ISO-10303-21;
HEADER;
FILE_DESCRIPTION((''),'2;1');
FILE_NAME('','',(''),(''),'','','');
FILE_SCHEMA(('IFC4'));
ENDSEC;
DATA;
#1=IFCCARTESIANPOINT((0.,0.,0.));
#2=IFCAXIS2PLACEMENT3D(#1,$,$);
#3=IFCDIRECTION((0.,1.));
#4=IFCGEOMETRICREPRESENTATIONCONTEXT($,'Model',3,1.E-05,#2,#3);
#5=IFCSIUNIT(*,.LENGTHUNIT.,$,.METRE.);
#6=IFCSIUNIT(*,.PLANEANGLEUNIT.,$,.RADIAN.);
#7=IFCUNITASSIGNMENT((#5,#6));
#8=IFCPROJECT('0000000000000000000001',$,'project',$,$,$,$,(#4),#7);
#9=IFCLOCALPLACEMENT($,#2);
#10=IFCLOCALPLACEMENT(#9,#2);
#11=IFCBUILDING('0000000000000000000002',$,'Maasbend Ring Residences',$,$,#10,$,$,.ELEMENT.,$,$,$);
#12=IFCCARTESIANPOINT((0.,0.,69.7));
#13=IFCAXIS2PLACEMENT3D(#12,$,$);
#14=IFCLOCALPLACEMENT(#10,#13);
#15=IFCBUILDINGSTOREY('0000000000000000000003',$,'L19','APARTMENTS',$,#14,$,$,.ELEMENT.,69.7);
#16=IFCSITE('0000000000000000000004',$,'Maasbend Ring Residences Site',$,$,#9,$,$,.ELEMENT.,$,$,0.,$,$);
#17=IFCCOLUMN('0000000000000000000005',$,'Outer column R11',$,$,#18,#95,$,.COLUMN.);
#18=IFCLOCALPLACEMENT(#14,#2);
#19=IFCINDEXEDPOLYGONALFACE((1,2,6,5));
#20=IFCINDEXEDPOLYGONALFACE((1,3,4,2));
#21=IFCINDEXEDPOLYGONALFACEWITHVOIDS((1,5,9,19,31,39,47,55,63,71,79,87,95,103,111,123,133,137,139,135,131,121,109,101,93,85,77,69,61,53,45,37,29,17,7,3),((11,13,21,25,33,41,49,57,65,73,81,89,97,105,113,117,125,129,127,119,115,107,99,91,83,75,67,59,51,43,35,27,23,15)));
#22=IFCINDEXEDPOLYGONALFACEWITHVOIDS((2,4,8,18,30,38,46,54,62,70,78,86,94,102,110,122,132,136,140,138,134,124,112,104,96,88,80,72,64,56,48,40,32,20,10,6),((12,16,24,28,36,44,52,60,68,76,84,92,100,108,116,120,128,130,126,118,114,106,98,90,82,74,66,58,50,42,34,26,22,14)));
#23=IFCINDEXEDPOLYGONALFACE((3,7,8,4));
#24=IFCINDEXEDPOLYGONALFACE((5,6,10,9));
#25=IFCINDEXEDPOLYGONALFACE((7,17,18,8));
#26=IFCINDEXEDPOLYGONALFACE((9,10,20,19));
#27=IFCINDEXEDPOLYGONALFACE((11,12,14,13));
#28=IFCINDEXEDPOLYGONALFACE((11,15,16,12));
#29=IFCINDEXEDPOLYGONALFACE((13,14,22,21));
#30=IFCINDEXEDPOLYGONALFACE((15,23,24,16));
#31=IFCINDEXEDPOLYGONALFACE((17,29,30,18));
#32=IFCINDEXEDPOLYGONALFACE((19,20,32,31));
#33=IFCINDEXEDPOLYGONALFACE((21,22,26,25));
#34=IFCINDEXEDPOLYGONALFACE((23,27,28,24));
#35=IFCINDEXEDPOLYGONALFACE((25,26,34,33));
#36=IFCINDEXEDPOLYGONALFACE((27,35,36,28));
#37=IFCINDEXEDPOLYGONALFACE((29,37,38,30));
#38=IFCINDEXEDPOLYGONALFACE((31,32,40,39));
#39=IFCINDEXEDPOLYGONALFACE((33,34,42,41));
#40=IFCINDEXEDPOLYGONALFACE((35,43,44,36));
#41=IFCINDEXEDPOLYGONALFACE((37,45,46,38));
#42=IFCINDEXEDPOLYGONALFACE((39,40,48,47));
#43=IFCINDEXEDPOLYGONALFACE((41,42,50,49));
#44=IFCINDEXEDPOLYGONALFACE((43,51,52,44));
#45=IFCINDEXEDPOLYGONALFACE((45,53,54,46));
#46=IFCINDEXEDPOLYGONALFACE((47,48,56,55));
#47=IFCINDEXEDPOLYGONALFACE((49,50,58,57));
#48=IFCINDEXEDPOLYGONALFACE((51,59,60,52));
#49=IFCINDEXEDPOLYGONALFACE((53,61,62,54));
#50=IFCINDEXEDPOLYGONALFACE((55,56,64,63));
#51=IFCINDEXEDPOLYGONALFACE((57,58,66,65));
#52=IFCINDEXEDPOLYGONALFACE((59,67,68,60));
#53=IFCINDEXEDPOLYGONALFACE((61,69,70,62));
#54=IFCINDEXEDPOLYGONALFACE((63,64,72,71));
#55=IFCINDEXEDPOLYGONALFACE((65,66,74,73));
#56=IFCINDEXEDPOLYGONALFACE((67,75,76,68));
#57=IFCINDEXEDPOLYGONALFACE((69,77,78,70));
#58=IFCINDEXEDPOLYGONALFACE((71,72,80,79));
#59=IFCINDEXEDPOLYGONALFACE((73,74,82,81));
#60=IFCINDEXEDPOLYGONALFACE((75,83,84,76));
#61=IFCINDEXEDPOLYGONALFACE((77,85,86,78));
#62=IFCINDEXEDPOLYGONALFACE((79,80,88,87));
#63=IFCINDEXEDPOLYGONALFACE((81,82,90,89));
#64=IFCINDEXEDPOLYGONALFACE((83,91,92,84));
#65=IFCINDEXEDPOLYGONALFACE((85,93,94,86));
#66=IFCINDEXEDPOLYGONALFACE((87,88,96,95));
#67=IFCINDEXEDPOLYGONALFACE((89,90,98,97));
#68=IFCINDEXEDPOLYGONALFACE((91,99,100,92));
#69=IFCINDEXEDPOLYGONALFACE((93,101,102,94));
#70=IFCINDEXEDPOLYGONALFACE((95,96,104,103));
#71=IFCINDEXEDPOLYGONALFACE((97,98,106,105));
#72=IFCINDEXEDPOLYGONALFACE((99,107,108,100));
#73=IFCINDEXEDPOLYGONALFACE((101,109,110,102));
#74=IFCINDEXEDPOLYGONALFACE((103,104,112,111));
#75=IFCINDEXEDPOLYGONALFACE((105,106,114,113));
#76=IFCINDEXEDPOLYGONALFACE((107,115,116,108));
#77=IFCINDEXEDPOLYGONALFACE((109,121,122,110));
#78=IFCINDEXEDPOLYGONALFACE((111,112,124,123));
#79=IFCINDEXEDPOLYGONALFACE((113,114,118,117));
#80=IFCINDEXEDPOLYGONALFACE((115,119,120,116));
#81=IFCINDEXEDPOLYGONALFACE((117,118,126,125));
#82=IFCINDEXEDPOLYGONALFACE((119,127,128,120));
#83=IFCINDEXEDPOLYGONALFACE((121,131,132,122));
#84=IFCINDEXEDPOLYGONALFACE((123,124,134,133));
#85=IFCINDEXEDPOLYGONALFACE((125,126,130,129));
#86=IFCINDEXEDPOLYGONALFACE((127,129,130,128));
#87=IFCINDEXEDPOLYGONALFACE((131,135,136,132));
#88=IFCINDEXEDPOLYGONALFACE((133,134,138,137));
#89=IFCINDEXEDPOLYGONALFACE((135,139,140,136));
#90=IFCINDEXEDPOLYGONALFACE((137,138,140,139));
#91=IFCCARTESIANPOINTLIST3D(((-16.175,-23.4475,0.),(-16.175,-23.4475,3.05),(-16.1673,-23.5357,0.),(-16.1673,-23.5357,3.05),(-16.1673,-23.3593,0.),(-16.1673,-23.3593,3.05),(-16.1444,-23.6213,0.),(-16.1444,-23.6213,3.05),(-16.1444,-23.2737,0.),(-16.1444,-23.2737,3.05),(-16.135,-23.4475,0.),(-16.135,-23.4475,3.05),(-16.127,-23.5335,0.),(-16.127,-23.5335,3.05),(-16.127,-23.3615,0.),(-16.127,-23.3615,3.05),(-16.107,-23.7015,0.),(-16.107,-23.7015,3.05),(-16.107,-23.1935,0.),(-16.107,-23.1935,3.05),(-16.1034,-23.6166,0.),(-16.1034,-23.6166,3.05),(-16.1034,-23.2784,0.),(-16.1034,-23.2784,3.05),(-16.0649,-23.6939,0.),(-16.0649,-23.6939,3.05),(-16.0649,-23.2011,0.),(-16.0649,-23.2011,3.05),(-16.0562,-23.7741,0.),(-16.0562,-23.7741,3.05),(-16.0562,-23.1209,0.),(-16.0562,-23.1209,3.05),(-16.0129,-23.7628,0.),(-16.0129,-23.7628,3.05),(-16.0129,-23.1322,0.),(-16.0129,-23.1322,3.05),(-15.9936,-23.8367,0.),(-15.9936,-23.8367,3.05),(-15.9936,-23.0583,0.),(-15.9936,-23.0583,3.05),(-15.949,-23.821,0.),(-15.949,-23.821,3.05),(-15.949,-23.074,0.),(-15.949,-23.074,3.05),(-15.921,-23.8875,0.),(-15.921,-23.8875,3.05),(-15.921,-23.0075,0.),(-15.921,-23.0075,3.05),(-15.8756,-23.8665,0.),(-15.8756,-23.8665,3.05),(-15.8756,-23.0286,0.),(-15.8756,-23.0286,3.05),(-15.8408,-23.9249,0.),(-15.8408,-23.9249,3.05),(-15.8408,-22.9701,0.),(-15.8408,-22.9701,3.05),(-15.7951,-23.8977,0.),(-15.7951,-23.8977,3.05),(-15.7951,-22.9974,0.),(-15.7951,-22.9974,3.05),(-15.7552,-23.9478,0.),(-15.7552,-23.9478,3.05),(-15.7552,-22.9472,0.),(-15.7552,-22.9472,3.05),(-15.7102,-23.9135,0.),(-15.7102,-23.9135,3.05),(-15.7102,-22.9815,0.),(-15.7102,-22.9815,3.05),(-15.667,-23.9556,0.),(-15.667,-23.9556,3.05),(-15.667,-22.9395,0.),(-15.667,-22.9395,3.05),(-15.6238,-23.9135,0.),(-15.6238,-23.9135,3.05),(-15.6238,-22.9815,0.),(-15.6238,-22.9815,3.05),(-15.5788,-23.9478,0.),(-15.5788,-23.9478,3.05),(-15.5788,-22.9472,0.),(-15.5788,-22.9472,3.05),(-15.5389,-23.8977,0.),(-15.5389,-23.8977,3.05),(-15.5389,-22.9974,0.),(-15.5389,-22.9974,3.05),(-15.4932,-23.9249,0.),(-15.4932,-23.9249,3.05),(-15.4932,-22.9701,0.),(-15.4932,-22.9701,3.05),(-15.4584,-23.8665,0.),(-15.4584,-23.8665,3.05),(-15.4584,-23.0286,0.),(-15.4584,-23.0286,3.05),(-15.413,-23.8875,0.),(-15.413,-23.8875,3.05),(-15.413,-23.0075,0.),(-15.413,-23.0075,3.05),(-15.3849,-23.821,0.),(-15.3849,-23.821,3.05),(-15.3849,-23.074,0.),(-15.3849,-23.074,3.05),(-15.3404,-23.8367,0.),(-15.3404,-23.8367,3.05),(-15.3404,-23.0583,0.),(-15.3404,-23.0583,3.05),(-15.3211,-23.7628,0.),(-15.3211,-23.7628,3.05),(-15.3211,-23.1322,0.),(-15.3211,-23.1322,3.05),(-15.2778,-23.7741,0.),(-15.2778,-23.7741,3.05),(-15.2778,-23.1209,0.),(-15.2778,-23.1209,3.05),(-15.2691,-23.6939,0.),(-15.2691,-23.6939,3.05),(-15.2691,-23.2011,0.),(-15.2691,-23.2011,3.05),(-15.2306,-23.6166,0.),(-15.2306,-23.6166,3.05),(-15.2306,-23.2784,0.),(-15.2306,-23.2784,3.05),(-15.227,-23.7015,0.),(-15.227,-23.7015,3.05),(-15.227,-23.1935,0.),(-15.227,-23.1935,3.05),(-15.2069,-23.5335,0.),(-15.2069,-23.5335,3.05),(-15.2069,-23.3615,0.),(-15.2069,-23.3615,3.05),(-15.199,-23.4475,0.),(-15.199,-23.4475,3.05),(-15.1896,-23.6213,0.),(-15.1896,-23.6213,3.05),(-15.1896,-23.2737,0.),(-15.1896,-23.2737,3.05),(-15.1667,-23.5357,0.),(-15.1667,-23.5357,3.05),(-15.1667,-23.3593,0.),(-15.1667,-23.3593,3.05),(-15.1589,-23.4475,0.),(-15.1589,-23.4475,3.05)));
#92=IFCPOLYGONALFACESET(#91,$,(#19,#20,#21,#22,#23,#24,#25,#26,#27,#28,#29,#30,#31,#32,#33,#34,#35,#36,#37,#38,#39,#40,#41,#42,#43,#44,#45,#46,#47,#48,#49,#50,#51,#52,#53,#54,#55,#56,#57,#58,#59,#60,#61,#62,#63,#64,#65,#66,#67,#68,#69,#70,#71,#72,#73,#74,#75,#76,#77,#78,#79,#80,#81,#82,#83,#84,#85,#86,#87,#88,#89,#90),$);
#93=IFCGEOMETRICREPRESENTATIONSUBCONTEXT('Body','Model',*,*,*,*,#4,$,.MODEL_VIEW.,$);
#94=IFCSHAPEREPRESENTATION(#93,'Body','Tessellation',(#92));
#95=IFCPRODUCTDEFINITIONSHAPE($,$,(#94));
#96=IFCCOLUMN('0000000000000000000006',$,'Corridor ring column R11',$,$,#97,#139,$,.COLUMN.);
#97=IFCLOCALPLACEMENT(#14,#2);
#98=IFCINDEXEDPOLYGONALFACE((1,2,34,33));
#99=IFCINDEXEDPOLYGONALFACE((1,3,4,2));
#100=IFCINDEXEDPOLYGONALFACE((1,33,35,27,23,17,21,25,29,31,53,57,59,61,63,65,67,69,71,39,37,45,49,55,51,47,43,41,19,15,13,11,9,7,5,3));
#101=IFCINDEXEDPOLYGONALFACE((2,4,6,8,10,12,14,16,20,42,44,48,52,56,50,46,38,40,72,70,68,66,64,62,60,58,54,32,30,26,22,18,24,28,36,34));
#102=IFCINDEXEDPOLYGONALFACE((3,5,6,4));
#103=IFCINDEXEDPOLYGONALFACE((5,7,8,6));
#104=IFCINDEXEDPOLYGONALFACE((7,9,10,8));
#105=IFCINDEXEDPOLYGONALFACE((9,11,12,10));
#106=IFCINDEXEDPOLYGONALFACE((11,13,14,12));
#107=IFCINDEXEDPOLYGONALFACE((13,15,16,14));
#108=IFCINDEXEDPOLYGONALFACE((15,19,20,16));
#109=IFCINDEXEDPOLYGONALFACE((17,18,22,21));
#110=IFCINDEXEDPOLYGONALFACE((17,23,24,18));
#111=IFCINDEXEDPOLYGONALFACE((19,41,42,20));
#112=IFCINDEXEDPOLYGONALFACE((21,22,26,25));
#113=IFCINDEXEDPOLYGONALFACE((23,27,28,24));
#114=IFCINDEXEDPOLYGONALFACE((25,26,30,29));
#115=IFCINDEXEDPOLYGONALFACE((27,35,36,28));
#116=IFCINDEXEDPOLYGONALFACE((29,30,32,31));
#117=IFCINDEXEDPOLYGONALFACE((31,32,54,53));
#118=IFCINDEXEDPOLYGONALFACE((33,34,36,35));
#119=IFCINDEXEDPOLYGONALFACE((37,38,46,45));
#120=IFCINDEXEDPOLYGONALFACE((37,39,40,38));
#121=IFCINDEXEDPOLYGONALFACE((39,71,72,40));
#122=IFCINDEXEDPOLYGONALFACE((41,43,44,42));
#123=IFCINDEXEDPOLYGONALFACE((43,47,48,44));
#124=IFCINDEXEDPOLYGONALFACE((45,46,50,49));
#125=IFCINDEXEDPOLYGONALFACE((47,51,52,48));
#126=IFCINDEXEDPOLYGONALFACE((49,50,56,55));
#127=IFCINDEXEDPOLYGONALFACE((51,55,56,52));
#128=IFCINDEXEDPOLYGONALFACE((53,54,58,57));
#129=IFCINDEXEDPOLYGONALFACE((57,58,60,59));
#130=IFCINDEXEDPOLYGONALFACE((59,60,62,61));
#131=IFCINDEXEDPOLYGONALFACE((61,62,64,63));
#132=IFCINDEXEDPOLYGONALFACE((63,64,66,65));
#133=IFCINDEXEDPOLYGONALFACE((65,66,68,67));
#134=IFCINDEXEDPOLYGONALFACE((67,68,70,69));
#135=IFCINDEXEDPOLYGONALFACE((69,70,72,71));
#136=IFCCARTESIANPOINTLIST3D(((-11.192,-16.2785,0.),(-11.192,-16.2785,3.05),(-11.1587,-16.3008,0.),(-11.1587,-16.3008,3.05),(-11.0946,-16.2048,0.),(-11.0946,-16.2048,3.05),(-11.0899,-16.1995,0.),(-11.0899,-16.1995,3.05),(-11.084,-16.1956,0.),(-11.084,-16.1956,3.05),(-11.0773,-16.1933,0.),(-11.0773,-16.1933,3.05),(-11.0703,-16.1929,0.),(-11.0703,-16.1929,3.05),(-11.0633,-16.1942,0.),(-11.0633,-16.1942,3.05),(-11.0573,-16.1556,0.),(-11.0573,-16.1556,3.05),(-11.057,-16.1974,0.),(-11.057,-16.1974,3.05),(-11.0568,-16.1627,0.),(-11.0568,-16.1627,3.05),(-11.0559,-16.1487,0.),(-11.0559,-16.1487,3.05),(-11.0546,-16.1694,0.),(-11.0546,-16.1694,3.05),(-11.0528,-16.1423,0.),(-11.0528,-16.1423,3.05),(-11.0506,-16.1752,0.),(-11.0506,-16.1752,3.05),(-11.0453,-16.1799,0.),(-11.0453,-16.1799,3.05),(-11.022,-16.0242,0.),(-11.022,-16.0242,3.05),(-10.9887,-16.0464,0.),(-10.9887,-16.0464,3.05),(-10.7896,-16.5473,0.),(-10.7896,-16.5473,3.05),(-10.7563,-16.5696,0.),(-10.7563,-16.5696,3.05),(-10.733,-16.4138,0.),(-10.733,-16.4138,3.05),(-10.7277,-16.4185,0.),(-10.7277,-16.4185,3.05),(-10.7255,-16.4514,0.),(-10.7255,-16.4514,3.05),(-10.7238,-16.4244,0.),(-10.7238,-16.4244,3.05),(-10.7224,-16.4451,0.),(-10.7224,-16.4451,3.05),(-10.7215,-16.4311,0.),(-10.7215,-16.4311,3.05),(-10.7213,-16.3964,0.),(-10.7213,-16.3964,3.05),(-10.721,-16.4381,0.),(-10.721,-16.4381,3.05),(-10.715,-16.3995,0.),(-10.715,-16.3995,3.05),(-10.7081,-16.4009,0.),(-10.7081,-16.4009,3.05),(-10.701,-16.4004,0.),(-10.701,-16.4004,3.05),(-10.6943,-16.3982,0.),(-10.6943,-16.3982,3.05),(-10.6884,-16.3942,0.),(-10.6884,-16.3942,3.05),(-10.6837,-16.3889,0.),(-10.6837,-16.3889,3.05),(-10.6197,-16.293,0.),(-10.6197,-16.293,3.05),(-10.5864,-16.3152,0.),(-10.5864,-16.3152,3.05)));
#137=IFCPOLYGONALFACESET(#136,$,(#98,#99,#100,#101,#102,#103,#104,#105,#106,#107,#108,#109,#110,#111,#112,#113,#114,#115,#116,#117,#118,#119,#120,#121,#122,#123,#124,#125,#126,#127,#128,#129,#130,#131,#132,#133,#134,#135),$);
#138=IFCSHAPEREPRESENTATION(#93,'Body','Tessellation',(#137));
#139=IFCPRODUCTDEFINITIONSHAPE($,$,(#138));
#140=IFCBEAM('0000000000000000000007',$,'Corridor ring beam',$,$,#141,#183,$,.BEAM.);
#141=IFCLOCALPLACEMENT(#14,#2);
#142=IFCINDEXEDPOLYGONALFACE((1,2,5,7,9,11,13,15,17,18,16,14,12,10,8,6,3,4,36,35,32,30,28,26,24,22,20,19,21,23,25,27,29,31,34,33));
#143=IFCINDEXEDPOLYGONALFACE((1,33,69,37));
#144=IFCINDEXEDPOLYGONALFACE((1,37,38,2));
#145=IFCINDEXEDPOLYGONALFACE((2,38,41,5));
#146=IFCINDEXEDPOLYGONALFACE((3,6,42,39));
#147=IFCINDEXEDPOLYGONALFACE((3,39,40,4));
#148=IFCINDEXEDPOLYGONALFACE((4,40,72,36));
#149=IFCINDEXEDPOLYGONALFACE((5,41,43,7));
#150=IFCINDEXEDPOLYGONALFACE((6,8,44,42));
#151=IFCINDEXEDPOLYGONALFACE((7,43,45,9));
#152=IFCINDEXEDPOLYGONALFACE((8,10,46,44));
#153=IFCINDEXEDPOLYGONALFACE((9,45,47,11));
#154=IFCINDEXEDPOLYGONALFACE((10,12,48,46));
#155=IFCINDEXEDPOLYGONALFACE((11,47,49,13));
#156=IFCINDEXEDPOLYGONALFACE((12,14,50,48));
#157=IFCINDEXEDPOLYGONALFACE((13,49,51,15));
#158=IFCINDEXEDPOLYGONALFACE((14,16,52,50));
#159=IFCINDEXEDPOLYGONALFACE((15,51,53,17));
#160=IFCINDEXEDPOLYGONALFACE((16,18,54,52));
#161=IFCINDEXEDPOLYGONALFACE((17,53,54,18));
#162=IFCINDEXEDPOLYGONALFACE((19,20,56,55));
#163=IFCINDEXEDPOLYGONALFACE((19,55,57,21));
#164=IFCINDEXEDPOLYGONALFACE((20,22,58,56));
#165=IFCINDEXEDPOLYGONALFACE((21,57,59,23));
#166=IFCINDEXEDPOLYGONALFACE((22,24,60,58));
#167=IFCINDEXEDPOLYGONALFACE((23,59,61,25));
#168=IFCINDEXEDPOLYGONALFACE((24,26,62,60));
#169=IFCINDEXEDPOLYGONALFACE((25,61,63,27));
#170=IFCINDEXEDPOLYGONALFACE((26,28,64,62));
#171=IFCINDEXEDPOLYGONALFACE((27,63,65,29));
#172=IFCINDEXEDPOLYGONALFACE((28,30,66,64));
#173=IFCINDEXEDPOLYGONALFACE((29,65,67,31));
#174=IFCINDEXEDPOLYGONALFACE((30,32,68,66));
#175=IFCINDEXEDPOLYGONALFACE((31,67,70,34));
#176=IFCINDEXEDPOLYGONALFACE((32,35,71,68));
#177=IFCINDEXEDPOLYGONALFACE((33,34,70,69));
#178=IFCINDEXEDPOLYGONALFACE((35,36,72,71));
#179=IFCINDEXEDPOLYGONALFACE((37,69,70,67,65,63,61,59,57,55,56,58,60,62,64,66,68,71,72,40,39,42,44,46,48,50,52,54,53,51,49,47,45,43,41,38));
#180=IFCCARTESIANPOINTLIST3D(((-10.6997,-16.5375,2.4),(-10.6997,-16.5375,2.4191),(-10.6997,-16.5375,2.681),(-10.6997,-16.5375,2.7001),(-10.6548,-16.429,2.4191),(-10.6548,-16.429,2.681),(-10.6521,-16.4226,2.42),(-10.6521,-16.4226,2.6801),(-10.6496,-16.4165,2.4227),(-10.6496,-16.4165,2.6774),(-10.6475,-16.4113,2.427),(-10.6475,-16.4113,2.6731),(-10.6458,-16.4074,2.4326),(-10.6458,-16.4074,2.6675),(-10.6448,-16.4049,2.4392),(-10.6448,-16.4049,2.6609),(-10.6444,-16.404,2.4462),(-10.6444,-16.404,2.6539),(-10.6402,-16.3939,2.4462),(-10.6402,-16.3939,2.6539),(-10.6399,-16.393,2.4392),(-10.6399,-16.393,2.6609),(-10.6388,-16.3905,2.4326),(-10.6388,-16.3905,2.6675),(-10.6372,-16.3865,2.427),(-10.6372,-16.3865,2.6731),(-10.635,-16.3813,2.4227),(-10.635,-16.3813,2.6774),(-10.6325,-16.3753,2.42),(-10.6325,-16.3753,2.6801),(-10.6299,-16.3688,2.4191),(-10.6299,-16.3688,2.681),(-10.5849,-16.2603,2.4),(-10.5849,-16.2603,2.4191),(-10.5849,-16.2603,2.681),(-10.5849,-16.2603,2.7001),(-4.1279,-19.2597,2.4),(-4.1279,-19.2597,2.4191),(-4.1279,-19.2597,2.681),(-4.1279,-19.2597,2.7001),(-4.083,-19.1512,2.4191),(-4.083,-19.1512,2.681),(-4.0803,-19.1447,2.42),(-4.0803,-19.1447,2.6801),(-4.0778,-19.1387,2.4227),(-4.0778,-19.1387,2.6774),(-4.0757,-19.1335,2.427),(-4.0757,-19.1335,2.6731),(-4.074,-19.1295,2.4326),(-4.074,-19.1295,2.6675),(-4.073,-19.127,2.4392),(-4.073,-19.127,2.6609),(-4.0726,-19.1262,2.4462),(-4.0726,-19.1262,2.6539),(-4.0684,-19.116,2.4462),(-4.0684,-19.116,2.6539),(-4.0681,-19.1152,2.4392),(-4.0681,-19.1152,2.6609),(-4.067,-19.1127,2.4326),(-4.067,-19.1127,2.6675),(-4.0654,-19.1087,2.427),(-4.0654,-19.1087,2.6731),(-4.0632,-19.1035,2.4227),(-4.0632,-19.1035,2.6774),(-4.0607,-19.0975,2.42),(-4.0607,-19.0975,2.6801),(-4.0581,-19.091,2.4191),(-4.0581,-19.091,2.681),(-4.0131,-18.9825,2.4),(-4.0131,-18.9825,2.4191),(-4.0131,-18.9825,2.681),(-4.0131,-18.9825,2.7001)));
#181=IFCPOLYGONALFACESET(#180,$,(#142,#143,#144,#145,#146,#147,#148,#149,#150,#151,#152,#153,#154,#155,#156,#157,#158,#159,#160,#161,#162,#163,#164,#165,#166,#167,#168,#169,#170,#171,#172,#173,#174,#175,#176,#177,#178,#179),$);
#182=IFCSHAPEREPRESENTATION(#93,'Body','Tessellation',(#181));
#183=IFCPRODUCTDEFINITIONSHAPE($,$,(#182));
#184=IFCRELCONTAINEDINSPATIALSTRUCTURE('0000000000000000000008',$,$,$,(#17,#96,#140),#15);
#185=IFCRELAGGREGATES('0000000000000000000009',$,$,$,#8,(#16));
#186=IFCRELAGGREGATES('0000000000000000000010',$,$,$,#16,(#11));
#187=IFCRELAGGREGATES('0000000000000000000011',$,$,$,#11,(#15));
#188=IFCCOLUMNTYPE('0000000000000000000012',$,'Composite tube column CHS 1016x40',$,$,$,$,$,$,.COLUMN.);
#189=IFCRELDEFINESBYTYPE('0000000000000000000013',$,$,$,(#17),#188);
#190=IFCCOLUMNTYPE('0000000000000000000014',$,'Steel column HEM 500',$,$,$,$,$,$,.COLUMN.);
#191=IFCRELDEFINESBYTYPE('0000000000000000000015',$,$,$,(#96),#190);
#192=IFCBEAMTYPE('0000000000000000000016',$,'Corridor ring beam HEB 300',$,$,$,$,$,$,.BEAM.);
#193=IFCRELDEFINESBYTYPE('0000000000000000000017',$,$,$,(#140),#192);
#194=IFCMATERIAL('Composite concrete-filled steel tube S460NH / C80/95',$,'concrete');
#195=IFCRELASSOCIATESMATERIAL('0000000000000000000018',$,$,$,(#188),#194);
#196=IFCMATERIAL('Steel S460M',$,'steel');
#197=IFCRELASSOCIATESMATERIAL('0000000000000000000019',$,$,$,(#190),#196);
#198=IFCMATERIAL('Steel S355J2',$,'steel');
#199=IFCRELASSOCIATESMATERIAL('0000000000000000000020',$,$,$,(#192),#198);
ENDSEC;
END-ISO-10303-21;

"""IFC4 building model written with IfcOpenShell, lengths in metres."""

from ifc_helpers import new_model, si_unit, direction, frame, origin, origin_2d, place, context, subcontext, project, spatial, hollow_circle, i_section, extrude, material, material_profile, profile_set, type_object, element, save


model = new_model("IFC4")

# Units and contexts
model_context = context("Model", 3, precision=1e-05, world=origin(), true_north=direction((0.0, 1.0)))
body_context = subcontext(model_context, "Body", "Model", "MODEL_VIEW")
ifc_project = project(units=[si_unit("LENGTHUNIT", "METRE"), si_unit("PLANEANGLEUNIT", "RADIAN")], contexts=[model_context])

# Site, building, storey
site_placement = place(None, origin())
site = spatial("IfcSite", under=ifc_project, at=site_placement, Name="Maasbend Ring Residences Site", CompositionType="ELEMENT", RefElevation=0.0)
building_placement = place(site_placement, origin())
building = spatial("IfcBuilding", under=site, at=building_placement, Name="Maasbend Ring Residences", CompositionType="ELEMENT")
storey_placement = place(building_placement, frame((0.0, 0.0, 69.7)))
storey = spatial("IfcBuildingStorey", under=building, at=storey_placement, Name="L19", Description="APARTMENTS", CompositionType="ELEMENT", Elevation=69.7)

# Columns
ifc_material_1 = material(Name="Composite concrete-filled steel tube S460NH / C80/95", Category="concrete")
ifc_material_profile_1 = material_profile(ifc_material_1, hollow_circle(Radius=0.5081, WallThickness=0.04, at=origin_2d()), Name="Composite tube column CHS 1016x40")
ifc_profile_set_1 = profile_set([ifc_material_profile_1], Name="Composite concrete-filled steel tube S460NH / C80/95")
column_type_1 = type_object("IfcColumnType", Name="Composite tube column CHS 1016x40", PredefinedType="COLUMN", material=ifc_profile_set_1)
column_1_placement = place(storey_placement, frame((-15.667, -23.4475, 0.0), z_axis=(0.0, 0.0, 1.0), x_axis=(1.0, 0.0, 0.0)))
element("IfcColumn", 1, at=column_1_placement, inside=storey, type_object=column_type_1, Name="Outer column R11", PredefinedType="COLUMN", context=body_context, shape_type="SweptSolid", body=[
    extrude(hollow_circle(Radius=0.5081, WallThickness=0.04, at=origin_2d()), origin(), (0.0, 0.0, 1.0), 3.05),
])
ifc_material_2 = material(Name="Steel S460M", Category="steel")
ifc_material_profile_2 = material_profile(ifc_material_2, i_section(OverallWidth=0.3059, OverallDepth=0.5239, WebThickness=0.021, FlangeThickness=0.04, FilletRadius=0.0271, at=origin_2d()), Name="HEM 500")
ifc_profile_set_2 = profile_set([ifc_material_profile_2], Name="Steel S460M")
column_type_2 = type_object("IfcColumnType", Name="Steel column HEM 500", PredefinedType="COLUMN", material=ifc_profile_set_2)
column_2_placement = place(storey_placement, frame((-10.8892, -16.2969, 0.0), z_axis=(0.0, 0.0, 1.0), x_axis=(-0.55557, -0.83147, 0.0)))
element("IfcColumn", 2, at=column_2_placement, inside=storey, type_object=column_type_2, Name="Corridor ring column R11", PredefinedType="COLUMN", context=body_context, shape_type="SweptSolid", body=[
    extrude(i_section(OverallWidth=0.3059, OverallDepth=0.5239, WebThickness=0.021, FlangeThickness=0.04, FilletRadius=0.0271, at=origin_2d()), origin(), (0.0, 0.0, 1.0), 3.05),
])

# Beam
ifc_material_3 = material(Name="Steel S355J2", Category="steel")
ifc_material_profile_3 = material_profile(ifc_material_3, i_section(OverallWidth=0.3, OverallDepth=0.3, WebThickness=0.011, FlangeThickness=0.019, FilletRadius=0.0271, at=origin_2d()), Name="HEB 300")
ifc_profile_set_3 = profile_set([ifc_material_profile_3], Name="Steel S355J2")
beam_type_1 = type_object("IfcBeamType", Name="Corridor ring beam HEB 300", PredefinedType="BEAM", material=ifc_profile_set_3)
beam_1_placement = place(storey_placement, frame((-10.6423, -16.3989, 2.55), z_axis=(0.923877, -0.382689, 0.0), x_axis=(0.382689, 0.923877, 0.0)))
element("IfcBeam", 3, at=beam_1_placement, inside=storey, type_object=beam_type_1, Name="Corridor ring beam", PredefinedType="BEAM", context=body_context, shape_type="SweptSolid", body=[
    extrude(i_section(OverallWidth=0.3, OverallDepth=0.3, WebThickness=0.011, FlangeThickness=0.019, FilletRadius=0.0271, at=origin_2d()), origin(), (0.0, 0.0, 1.0), 7.1133),
])

save(model, "model.ifc")
